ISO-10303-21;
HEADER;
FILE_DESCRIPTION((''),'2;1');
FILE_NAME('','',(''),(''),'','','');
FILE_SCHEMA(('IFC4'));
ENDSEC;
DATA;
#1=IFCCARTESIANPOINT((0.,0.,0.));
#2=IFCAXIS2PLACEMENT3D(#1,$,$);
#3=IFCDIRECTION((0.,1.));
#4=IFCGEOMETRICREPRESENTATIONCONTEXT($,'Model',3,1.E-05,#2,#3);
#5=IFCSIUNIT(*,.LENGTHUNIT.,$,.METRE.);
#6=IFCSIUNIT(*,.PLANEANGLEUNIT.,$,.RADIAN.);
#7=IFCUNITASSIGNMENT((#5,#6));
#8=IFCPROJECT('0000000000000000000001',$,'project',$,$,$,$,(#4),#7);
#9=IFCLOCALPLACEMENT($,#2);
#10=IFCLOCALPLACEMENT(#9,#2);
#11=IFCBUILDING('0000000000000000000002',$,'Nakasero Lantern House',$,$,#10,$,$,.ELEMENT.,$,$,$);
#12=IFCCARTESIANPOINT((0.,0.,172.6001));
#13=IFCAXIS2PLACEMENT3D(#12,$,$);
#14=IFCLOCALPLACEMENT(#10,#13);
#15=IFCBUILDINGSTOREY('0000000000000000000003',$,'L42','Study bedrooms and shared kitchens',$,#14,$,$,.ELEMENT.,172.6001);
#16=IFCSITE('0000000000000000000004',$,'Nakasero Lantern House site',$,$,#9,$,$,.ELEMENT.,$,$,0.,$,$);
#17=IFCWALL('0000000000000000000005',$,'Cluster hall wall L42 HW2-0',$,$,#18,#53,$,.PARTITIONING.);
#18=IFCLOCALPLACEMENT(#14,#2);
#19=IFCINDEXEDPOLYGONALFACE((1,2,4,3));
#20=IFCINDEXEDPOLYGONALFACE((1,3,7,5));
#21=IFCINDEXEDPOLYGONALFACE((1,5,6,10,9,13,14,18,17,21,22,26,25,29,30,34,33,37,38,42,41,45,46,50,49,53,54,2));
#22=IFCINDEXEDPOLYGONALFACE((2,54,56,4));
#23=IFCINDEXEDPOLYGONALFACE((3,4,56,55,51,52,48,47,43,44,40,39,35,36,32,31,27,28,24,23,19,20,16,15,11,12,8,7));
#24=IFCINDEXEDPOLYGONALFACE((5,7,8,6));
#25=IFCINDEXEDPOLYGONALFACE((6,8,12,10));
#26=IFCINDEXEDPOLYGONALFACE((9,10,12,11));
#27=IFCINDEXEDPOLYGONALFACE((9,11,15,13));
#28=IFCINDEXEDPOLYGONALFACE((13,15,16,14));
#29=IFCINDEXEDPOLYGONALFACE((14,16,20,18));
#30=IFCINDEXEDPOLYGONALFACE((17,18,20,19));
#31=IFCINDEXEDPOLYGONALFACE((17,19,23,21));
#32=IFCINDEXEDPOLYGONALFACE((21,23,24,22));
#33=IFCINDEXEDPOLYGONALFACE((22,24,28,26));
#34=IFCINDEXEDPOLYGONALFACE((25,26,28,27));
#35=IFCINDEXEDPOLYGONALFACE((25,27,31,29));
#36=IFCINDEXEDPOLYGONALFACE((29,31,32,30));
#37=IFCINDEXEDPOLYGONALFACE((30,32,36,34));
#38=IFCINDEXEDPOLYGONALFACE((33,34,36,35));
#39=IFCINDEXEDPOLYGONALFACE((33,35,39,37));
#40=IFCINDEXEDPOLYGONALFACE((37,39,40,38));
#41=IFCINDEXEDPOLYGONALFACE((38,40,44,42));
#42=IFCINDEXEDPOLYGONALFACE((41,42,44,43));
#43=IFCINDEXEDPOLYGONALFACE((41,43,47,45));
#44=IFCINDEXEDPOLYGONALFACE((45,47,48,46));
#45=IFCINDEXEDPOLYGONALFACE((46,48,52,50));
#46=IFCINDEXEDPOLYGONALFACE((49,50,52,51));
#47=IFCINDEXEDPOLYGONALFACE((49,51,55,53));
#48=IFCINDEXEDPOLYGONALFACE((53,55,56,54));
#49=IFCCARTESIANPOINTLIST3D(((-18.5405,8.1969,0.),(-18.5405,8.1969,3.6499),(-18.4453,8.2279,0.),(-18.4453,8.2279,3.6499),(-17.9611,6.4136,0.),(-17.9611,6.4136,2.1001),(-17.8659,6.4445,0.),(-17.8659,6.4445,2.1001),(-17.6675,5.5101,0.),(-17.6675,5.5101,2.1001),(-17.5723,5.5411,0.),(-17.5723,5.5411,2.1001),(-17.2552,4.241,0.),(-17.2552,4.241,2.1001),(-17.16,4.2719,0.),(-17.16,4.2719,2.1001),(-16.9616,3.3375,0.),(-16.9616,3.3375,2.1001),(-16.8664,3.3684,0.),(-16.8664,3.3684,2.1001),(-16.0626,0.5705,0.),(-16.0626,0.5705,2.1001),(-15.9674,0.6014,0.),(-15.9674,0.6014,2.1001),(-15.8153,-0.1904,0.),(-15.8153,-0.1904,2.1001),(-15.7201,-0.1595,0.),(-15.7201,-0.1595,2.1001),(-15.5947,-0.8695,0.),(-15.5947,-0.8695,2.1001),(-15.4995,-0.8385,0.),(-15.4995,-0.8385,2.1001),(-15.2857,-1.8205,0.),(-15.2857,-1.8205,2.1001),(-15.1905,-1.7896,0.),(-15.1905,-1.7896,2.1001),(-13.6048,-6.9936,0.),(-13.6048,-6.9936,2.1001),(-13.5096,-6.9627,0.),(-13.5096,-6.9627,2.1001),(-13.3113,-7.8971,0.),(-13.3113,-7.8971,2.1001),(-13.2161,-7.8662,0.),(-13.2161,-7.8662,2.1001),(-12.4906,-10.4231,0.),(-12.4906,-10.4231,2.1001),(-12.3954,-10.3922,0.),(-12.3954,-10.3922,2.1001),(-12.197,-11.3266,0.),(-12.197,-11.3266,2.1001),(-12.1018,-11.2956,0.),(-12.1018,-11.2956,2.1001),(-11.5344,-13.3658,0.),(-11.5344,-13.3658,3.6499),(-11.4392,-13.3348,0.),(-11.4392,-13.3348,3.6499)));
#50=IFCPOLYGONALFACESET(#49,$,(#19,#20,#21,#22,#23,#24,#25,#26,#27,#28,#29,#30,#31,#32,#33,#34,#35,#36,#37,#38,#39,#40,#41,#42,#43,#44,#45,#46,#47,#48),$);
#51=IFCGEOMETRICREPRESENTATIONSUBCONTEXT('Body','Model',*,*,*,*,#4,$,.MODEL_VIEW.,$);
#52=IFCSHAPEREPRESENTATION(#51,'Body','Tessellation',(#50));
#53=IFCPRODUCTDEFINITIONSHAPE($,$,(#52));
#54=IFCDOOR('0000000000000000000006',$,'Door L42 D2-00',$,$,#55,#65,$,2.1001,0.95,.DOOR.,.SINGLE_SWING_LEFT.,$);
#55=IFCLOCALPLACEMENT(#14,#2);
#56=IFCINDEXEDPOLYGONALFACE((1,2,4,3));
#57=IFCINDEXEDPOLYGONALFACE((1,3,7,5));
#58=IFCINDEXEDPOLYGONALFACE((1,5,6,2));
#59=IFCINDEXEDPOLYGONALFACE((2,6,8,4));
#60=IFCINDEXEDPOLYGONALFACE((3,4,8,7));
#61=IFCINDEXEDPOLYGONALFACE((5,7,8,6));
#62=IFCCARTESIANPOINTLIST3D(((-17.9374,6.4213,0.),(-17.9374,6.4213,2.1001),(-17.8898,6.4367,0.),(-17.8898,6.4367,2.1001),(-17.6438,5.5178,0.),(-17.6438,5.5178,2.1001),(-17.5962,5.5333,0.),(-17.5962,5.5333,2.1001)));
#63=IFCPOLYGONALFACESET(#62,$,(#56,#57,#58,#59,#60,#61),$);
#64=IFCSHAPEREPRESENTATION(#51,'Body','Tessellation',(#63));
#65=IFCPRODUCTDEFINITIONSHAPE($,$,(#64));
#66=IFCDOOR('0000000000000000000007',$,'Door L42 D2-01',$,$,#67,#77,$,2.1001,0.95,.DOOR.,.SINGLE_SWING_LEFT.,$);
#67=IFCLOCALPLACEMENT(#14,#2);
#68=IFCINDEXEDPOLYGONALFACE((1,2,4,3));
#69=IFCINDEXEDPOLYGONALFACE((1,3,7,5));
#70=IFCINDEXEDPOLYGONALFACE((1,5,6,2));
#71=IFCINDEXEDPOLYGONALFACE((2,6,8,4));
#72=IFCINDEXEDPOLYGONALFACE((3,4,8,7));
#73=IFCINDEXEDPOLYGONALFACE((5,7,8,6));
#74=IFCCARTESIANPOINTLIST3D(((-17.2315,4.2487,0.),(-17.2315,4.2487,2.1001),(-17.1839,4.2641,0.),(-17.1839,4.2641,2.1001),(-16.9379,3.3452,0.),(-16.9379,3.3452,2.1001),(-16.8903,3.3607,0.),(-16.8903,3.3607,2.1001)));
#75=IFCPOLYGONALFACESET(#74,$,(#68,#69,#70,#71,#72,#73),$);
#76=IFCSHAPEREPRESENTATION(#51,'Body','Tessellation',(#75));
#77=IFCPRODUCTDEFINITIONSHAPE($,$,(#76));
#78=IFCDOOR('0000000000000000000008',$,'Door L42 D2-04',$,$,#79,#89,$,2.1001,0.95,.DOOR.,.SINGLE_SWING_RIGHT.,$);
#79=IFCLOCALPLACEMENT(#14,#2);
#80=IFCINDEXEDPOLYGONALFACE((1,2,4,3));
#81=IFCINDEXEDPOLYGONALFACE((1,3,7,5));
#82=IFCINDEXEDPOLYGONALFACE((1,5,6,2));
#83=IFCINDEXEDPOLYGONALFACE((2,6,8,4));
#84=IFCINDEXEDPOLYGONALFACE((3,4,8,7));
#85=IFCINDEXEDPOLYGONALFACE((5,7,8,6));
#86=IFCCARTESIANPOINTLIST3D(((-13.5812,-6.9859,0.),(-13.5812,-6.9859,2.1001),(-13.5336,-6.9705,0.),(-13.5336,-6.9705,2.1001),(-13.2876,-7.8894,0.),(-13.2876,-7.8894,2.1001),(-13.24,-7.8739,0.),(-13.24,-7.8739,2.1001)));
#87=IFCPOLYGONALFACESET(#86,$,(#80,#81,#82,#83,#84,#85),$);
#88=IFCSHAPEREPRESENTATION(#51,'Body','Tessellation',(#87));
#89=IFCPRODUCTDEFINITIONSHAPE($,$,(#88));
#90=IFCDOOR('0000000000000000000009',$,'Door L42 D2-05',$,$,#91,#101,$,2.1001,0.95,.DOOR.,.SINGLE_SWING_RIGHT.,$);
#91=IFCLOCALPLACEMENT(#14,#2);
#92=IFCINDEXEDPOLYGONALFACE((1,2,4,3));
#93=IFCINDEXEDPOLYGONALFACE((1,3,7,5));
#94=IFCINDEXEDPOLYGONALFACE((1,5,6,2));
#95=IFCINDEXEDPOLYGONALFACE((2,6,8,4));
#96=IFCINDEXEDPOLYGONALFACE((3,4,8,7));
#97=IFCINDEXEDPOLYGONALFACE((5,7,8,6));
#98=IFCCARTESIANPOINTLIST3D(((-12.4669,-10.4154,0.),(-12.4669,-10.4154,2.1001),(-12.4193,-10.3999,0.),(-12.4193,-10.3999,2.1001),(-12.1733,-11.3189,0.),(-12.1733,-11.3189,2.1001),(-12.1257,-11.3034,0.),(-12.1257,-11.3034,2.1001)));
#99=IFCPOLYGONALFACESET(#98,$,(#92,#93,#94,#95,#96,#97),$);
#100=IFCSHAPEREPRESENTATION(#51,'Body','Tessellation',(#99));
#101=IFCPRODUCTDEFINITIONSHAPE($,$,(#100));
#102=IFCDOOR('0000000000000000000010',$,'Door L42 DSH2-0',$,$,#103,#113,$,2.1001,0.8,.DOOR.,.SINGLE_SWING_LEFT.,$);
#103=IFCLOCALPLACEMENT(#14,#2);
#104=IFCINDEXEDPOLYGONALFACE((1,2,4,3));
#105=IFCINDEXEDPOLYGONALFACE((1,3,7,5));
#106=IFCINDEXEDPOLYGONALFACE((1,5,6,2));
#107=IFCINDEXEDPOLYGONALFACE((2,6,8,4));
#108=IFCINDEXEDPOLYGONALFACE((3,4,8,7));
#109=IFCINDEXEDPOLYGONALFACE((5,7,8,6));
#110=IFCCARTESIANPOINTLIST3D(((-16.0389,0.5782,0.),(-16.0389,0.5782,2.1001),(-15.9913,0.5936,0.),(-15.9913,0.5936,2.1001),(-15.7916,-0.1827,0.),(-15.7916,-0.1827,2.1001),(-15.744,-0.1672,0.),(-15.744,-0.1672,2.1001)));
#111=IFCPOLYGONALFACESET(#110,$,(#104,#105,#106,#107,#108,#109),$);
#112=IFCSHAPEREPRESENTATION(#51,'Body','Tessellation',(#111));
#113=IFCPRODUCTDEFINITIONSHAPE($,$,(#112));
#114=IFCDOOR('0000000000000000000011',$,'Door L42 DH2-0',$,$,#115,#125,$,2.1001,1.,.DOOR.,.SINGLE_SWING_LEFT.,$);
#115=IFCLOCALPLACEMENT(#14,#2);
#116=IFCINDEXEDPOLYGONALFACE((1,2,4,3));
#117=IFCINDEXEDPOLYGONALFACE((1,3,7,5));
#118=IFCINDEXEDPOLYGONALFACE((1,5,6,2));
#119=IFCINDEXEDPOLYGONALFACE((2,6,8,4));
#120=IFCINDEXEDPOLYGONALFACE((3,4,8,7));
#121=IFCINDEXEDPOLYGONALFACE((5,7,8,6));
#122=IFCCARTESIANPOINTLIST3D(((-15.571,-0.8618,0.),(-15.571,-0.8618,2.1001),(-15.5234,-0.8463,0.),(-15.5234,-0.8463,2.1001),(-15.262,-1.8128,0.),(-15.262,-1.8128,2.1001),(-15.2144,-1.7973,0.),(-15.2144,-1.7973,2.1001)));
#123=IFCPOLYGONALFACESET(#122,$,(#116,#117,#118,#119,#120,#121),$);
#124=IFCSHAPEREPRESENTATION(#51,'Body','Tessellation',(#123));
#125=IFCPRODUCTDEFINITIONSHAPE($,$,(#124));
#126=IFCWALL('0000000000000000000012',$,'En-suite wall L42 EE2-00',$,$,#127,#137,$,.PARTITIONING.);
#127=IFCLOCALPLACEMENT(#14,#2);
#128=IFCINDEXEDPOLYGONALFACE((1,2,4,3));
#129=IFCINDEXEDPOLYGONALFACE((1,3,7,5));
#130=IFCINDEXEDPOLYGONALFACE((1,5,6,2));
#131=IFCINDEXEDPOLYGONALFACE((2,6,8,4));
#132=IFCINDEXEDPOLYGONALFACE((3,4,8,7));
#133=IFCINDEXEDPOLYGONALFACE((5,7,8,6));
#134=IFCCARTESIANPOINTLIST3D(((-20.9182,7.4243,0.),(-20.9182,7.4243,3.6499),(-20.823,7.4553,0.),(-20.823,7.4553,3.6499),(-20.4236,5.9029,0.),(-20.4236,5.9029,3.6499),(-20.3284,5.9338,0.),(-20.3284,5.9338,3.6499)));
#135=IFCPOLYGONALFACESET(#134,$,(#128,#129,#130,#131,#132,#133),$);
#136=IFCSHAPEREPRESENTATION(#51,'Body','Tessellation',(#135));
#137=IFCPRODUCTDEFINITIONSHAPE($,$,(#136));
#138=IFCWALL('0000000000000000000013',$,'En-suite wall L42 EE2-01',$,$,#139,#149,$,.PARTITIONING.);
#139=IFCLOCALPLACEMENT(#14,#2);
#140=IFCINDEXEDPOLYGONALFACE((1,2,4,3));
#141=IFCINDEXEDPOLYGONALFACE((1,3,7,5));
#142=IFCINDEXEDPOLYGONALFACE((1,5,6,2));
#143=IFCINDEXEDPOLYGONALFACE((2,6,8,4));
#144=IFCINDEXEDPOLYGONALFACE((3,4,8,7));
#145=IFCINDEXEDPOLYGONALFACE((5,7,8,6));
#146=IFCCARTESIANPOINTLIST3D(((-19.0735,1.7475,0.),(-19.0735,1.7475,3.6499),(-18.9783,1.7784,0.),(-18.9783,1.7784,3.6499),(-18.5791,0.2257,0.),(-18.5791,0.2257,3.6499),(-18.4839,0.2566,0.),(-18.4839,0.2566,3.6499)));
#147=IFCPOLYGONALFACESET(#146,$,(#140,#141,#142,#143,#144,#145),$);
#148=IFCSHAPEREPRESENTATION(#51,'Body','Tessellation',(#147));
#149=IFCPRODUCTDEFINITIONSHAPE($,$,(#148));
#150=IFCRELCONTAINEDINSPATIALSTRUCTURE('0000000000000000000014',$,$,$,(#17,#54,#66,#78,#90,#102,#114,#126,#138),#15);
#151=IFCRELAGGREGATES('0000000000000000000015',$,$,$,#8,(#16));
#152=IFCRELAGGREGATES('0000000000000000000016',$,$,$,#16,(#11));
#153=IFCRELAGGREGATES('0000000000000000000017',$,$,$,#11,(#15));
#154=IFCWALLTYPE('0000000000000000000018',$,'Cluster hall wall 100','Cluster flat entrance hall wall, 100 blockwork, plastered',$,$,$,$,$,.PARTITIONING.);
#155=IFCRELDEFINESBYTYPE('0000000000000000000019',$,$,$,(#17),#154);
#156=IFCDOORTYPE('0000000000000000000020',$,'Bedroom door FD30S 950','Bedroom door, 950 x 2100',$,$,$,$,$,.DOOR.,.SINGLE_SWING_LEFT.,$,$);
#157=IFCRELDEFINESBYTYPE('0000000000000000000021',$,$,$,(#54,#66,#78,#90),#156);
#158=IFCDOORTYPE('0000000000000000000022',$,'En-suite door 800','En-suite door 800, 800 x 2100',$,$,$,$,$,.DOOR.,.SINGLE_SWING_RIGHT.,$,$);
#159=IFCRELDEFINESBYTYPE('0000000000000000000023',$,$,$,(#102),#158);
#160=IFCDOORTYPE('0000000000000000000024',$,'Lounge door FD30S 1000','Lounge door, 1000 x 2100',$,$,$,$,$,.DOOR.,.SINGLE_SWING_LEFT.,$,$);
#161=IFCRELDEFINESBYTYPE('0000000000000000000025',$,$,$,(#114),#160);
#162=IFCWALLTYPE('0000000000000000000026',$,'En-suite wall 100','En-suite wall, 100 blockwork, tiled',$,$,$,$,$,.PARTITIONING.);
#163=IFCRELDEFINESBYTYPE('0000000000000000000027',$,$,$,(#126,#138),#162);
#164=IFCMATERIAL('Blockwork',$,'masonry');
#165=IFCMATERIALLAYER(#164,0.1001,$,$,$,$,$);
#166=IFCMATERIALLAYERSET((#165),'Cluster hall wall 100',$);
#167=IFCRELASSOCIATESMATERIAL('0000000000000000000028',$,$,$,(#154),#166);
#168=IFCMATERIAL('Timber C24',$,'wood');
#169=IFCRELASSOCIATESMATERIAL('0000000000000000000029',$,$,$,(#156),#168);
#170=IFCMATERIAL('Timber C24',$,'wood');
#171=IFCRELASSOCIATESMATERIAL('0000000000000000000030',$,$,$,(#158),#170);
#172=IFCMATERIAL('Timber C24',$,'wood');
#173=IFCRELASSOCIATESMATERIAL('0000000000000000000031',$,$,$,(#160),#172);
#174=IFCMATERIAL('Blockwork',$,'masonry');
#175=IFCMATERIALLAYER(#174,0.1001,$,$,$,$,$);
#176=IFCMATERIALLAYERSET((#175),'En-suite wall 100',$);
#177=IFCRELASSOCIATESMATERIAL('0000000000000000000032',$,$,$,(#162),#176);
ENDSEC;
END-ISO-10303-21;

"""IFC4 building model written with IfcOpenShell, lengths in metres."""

from ifc_helpers import new_model, si_unit, direction, frame, frame_2d, origin, place, context, subcontext, project, spatial, rectangle, extrude, material, layer, layer_set, type_object, element, fill, save


model = new_model("IFC4")

# Units and contexts
model_context = context("Model", 3, precision=1e-05, world=origin(), true_north=direction((0.0, 1.0)))
body_context = subcontext(model_context, "Body", "Model", "MODEL_VIEW")
ifc_project = project(units=[si_unit("LENGTHUNIT", "METRE"), si_unit("PLANEANGLEUNIT", "RADIAN")], contexts=[model_context])

# Site, building, storey
site_placement = place(None, origin())
site = spatial("IfcSite", under=ifc_project, at=site_placement, Name="Nakasero Lantern House site", CompositionType="ELEMENT", RefElevation=0.0)
building_placement = place(site_placement, origin())
building = spatial("IfcBuilding", under=site, at=building_placement, Name="Nakasero Lantern House", CompositionType="ELEMENT")
storey_placement = place(building_placement, frame((0.0, 0.0, 172.6001)))
storey = spatial("IfcBuildingStorey", under=building, at=storey_placement, Name="L42", Description="Study bedrooms and shared kitchens", CompositionType="ELEMENT", Elevation=172.6001)

# Wall, openings, doors
ifc_material_1 = material(Name="Blockwork", Category="masonry")
ifc_layer_1 = layer(ifc_material_1, 0.1001)
ifc_layer_set_1 = layer_set([ifc_layer_1], Name="Cluster hall wall 100")
wall_type_1 = type_object("IfcWallType", Name="Cluster hall wall 100", Description="Cluster flat entrance hall wall, 100 blockwork, plastered", PredefinedType="PARTITIONING", material=ifc_layer_set_1)
wall_1_placement = place(storey_placement, frame((-18.4929, 8.2124, 0.0), z_axis=(0.0, 0.0, 1.0), x_axis=(0.309015, -0.951057, 0.0)))
wall_1 = element("IfcWall", 1, at=wall_1_placement, inside=storey, type_object=wall_type_1, Name="Cluster hall wall L42 HW2-0", PredefinedType="PARTITIONING", context=body_context, shape_type="SweptSolid", body=[
    extrude(rectangle(XDim=22.6724, YDim=0.1001, at=frame_2d((11.3362, 0.0))), origin(), (0.0, 0.0, 1.0), 3.6499),
])
opening_1_placement = place(wall_1_placement, frame((9.533, 0.0, 0.0)))
opening_1 = element("IfcOpeningElement", 2, at=opening_1_placement, cuts=wall_1, PredefinedType="OPENING", context=body_context, shape_type="SweptSolid", body=[
    extrude(rectangle(XDim=1.0, YDim=2.1001, at=frame_2d((0.5, 1.05))), frame((0.0, 0.0701, 0.0), z_axis=(0.0, -1.0, 0.0), x_axis=(1.0, 0.0, 0.0)), (0.0, 0.0, 1.0), 0.1401),
])
opening_2_placement = place(wall_1_placement, frame((8.019, 0.0, 0.0)))
opening_2 = element("IfcOpeningElement", 3, at=opening_2_placement, cuts=wall_1, PredefinedType="OPENING", context=body_context, shape_type="SweptSolid", body=[
    extrude(rectangle(XDim=0.8, YDim=2.1001, at=frame_2d((0.3999, 1.05))), frame((0.0, 0.0701, 0.0), z_axis=(0.0, -1.0, 0.0), x_axis=(1.0, 0.0, 0.0)), (0.0, 0.0, 1.0), 0.1401),
])
opening_3_placement = place(wall_1_placement, frame((1.875, 0.0, 0.0)))
opening_3 = element("IfcOpeningElement", 4, at=opening_3_placement, cuts=wall_1, PredefinedType="OPENING", context=body_context, shape_type="SweptSolid", body=[
    extrude(rectangle(XDim=0.95, YDim=2.1001, at=frame_2d((0.4751, 1.05))), frame((0.0, 0.0701, 0.0), z_axis=(0.0, -1.0, 0.0), x_axis=(1.0, 0.0, 0.0)), (0.0, 0.0, 1.0), 0.1401),
])
opening_4_placement = place(wall_1_placement, frame((4.1594, 0.0, 0.0)))
opening_4 = element("IfcOpeningElement", 5, at=opening_4_placement, cuts=wall_1, PredefinedType="OPENING", context=body_context, shape_type="SweptSolid", body=[
    extrude(rectangle(XDim=0.95, YDim=2.1001, at=frame_2d((0.4751, 1.05))), frame((0.0, 0.0701, 0.0), z_axis=(0.0, -1.0, 0.0), x_axis=(1.0, 0.0, 0.0)), (0.0, 0.0, 1.0), 0.1401),
])
opening_5_placement = place(wall_1_placement, frame((15.9722, 0.0, 0.0)))
opening_5 = element("IfcOpeningElement", 6, at=opening_5_placement, cuts=wall_1, PredefinedType="OPENING", context=body_context, shape_type="SweptSolid", body=[
    extrude(rectangle(XDim=0.95, YDim=2.1001, at=frame_2d((0.4751, 1.05))), frame((0.0, 0.0701, 0.0), z_axis=(0.0, -1.0, 0.0), x_axis=(1.0, 0.0, 0.0)), (0.0, 0.0, 1.0), 0.1401),
])
opening_6_placement = place(wall_1_placement, frame((19.5781, 0.0, 0.0)))
opening_6 = element("IfcOpeningElement", 7, at=opening_6_placement, cuts=wall_1, PredefinedType="OPENING", context=body_context, shape_type="SweptSolid", body=[
    extrude(rectangle(XDim=0.95, YDim=2.1001, at=frame_2d((0.4751, 1.05))), frame((0.0, 0.0701, 0.0), z_axis=(0.0, -1.0, 0.0), x_axis=(1.0, 0.0, 0.0)), (0.0, 0.0, 1.0), 0.1401),
])
ifc_material_2 = material(Name="Timber C24", Category="wood")
door_type_1 = type_object("IfcDoorType", Name="Bedroom door FD30S 950", Description="Bedroom door, 950 x 2100", OperationType="SINGLE_SWING_LEFT", PredefinedType="DOOR", material=ifc_material_2)
door_1_placement = place(opening_3_placement, origin())
door_1 = element("IfcDoor", 8, at=door_1_placement, inside=storey, type_object=door_type_1, Name="Door L42 D2-00", OperationType="SINGLE_SWING_LEFT", OverallHeight=2.1001, OverallWidth=0.95, PredefinedType="DOOR", context=body_context, shape_type="SweptSolid", body=[
    extrude(rectangle(XDim=0.95, YDim=2.1001, at=frame_2d((0.4751, 1.05))), frame((0.0, 0.0249, 0.0), z_axis=(0.0, -1.0, 0.0), x_axis=(1.0, 0.0, 0.0)), (0.0, 0.0, 1.0), 0.05),
])
fill(opening_3, door_1)
door_2_placement = place(opening_4_placement, origin())
door_2 = element("IfcDoor", 9, at=door_2_placement, inside=storey, type_object=door_type_1, Name="Door L42 D2-01", OperationType="SINGLE_SWING_LEFT", OverallHeight=2.1001, OverallWidth=0.95, PredefinedType="DOOR", context=body_context, shape_type="SweptSolid", body=[
    extrude(rectangle(XDim=0.95, YDim=2.1001, at=frame_2d((0.4751, 1.05))), frame((0.0, 0.0249, 0.0), z_axis=(0.0, -1.0, 0.0), x_axis=(1.0, 0.0, 0.0)), (0.0, 0.0, 1.0), 0.05),
])
fill(opening_4, door_2)
door_3_placement = place(opening_5_placement, origin())
door_3 = element("IfcDoor", 10, at=door_3_placement, inside=storey, type_object=door_type_1, Name="Door L42 D2-04", OperationType="SINGLE_SWING_RIGHT", OverallHeight=2.1001, OverallWidth=0.95, PredefinedType="DOOR", context=body_context, shape_type="SweptSolid", body=[
    extrude(rectangle(XDim=0.95, YDim=2.1001, at=frame_2d((0.4751, 1.05))), frame((0.0, 0.0249, 0.0), z_axis=(0.0, -1.0, 0.0), x_axis=(1.0, 0.0, 0.0)), (0.0, 0.0, 1.0), 0.05),
])
fill(opening_5, door_3)
door_4_placement = place(opening_6_placement, origin())
door_4 = element("IfcDoor", 11, at=door_4_placement, inside=storey, type_object=door_type_1, Name="Door L42 D2-05", OperationType="SINGLE_SWING_RIGHT", OverallHeight=2.1001, OverallWidth=0.95, PredefinedType="DOOR", context=body_context, shape_type="SweptSolid", body=[
    extrude(rectangle(XDim=0.95, YDim=2.1001, at=frame_2d((0.4751, 1.05))), frame((0.0, 0.0249, 0.0), z_axis=(0.0, -1.0, 0.0), x_axis=(1.0, 0.0, 0.0)), (0.0, 0.0, 1.0), 0.05),
])
fill(opening_6, door_4)
ifc_material_3 = material(Name="Timber C24", Category="wood")
door_type_2 = type_object("IfcDoorType", Name="En-suite door 800", Description="En-suite door 800, 800 x 2100", OperationType="SINGLE_SWING_RIGHT", PredefinedType="DOOR", material=ifc_material_3)
door_5_placement = place(opening_2_placement, origin())
door_5 = element("IfcDoor", 12, at=door_5_placement, inside=storey, type_object=door_type_2, Name="Door L42 DSH2-0", OperationType="SINGLE_SWING_LEFT", OverallHeight=2.1001, OverallWidth=0.8, PredefinedType="DOOR", context=body_context, shape_type="SweptSolid", body=[
    extrude(rectangle(XDim=0.8, YDim=2.1001, at=frame_2d((0.3999, 1.05))), frame((0.0, 0.0249, 0.0), z_axis=(0.0, -1.0, 0.0), x_axis=(1.0, 0.0, 0.0)), (0.0, 0.0, 1.0), 0.05),
])
fill(opening_2, door_5)
ifc_material_4 = material(Name="Timber C24", Category="wood")
door_type_3 = type_object("IfcDoorType", Name="Lounge door FD30S 1000", Description="Lounge door, 1000 x 2100", OperationType="SINGLE_SWING_LEFT", PredefinedType="DOOR", material=ifc_material_4)
door_6_placement = place(opening_1_placement, origin())
door_6 = element("IfcDoor", 13, at=door_6_placement, inside=storey, type_object=door_type_3, Name="Door L42 DH2-0", OperationType="SINGLE_SWING_LEFT", OverallHeight=2.1001, OverallWidth=1.0, PredefinedType="DOOR", context=body_context, shape_type="SweptSolid", body=[
    extrude(rectangle(XDim=1.0, YDim=2.1001, at=frame_2d((0.5, 1.05))), frame((0.0, 0.0249, 0.0), z_axis=(0.0, -1.0, 0.0), x_axis=(1.0, 0.0, 0.0)), (0.0, 0.0, 1.0), 0.05),
])
fill(opening_1, door_6)

# Walls
ifc_material_5 = material(Name="Blockwork", Category="masonry")
ifc_layer_2 = layer(ifc_material_5, 0.1001)
ifc_layer_set_2 = layer_set([ifc_layer_2], Name="En-suite wall 100")
wall_type_2 = type_object("IfcWallType", Name="En-suite wall 100", Description="En-suite wall, 100 blockwork, tiled", PredefinedType="PARTITIONING", material=ifc_layer_set_2)
wall_2_placement = place(storey_placement, frame((-20.8706, 7.4397, 0.0), z_axis=(0.0, 0.0, 1.0), x_axis=(0.309169, -0.951007, 0.0)))
element("IfcWall", 14, at=wall_2_placement, inside=storey, type_object=wall_type_2, Name="En-suite wall L42 EE2-00", PredefinedType="PARTITIONING", context=body_context, shape_type="SweptSolid", body=[
    extrude(rectangle(XDim=1.5999, YDim=0.1001, at=frame_2d((0.7998, 0.0))), origin(), (0.0, 0.0, 1.0), 3.6499),
])
wall_3_placement = place(storey_placement, frame((-19.0259, 1.7629, 0.0), z_axis=(0.0, 0.0, 1.0), x_axis=(0.308986, -0.951067, 0.0)))
element("IfcWall", 15, at=wall_3_placement, inside=storey, type_object=wall_type_2, Name="En-suite wall L42 EE2-01", PredefinedType="PARTITIONING", context=body_context, shape_type="SweptSolid", body=[
    extrude(rectangle(XDim=1.6001, YDim=0.1001, at=frame_2d((0.8, 0.0))), origin(), (0.0, 0.0, 1.0), 3.6499),
])

save(model, "model.ifc")
